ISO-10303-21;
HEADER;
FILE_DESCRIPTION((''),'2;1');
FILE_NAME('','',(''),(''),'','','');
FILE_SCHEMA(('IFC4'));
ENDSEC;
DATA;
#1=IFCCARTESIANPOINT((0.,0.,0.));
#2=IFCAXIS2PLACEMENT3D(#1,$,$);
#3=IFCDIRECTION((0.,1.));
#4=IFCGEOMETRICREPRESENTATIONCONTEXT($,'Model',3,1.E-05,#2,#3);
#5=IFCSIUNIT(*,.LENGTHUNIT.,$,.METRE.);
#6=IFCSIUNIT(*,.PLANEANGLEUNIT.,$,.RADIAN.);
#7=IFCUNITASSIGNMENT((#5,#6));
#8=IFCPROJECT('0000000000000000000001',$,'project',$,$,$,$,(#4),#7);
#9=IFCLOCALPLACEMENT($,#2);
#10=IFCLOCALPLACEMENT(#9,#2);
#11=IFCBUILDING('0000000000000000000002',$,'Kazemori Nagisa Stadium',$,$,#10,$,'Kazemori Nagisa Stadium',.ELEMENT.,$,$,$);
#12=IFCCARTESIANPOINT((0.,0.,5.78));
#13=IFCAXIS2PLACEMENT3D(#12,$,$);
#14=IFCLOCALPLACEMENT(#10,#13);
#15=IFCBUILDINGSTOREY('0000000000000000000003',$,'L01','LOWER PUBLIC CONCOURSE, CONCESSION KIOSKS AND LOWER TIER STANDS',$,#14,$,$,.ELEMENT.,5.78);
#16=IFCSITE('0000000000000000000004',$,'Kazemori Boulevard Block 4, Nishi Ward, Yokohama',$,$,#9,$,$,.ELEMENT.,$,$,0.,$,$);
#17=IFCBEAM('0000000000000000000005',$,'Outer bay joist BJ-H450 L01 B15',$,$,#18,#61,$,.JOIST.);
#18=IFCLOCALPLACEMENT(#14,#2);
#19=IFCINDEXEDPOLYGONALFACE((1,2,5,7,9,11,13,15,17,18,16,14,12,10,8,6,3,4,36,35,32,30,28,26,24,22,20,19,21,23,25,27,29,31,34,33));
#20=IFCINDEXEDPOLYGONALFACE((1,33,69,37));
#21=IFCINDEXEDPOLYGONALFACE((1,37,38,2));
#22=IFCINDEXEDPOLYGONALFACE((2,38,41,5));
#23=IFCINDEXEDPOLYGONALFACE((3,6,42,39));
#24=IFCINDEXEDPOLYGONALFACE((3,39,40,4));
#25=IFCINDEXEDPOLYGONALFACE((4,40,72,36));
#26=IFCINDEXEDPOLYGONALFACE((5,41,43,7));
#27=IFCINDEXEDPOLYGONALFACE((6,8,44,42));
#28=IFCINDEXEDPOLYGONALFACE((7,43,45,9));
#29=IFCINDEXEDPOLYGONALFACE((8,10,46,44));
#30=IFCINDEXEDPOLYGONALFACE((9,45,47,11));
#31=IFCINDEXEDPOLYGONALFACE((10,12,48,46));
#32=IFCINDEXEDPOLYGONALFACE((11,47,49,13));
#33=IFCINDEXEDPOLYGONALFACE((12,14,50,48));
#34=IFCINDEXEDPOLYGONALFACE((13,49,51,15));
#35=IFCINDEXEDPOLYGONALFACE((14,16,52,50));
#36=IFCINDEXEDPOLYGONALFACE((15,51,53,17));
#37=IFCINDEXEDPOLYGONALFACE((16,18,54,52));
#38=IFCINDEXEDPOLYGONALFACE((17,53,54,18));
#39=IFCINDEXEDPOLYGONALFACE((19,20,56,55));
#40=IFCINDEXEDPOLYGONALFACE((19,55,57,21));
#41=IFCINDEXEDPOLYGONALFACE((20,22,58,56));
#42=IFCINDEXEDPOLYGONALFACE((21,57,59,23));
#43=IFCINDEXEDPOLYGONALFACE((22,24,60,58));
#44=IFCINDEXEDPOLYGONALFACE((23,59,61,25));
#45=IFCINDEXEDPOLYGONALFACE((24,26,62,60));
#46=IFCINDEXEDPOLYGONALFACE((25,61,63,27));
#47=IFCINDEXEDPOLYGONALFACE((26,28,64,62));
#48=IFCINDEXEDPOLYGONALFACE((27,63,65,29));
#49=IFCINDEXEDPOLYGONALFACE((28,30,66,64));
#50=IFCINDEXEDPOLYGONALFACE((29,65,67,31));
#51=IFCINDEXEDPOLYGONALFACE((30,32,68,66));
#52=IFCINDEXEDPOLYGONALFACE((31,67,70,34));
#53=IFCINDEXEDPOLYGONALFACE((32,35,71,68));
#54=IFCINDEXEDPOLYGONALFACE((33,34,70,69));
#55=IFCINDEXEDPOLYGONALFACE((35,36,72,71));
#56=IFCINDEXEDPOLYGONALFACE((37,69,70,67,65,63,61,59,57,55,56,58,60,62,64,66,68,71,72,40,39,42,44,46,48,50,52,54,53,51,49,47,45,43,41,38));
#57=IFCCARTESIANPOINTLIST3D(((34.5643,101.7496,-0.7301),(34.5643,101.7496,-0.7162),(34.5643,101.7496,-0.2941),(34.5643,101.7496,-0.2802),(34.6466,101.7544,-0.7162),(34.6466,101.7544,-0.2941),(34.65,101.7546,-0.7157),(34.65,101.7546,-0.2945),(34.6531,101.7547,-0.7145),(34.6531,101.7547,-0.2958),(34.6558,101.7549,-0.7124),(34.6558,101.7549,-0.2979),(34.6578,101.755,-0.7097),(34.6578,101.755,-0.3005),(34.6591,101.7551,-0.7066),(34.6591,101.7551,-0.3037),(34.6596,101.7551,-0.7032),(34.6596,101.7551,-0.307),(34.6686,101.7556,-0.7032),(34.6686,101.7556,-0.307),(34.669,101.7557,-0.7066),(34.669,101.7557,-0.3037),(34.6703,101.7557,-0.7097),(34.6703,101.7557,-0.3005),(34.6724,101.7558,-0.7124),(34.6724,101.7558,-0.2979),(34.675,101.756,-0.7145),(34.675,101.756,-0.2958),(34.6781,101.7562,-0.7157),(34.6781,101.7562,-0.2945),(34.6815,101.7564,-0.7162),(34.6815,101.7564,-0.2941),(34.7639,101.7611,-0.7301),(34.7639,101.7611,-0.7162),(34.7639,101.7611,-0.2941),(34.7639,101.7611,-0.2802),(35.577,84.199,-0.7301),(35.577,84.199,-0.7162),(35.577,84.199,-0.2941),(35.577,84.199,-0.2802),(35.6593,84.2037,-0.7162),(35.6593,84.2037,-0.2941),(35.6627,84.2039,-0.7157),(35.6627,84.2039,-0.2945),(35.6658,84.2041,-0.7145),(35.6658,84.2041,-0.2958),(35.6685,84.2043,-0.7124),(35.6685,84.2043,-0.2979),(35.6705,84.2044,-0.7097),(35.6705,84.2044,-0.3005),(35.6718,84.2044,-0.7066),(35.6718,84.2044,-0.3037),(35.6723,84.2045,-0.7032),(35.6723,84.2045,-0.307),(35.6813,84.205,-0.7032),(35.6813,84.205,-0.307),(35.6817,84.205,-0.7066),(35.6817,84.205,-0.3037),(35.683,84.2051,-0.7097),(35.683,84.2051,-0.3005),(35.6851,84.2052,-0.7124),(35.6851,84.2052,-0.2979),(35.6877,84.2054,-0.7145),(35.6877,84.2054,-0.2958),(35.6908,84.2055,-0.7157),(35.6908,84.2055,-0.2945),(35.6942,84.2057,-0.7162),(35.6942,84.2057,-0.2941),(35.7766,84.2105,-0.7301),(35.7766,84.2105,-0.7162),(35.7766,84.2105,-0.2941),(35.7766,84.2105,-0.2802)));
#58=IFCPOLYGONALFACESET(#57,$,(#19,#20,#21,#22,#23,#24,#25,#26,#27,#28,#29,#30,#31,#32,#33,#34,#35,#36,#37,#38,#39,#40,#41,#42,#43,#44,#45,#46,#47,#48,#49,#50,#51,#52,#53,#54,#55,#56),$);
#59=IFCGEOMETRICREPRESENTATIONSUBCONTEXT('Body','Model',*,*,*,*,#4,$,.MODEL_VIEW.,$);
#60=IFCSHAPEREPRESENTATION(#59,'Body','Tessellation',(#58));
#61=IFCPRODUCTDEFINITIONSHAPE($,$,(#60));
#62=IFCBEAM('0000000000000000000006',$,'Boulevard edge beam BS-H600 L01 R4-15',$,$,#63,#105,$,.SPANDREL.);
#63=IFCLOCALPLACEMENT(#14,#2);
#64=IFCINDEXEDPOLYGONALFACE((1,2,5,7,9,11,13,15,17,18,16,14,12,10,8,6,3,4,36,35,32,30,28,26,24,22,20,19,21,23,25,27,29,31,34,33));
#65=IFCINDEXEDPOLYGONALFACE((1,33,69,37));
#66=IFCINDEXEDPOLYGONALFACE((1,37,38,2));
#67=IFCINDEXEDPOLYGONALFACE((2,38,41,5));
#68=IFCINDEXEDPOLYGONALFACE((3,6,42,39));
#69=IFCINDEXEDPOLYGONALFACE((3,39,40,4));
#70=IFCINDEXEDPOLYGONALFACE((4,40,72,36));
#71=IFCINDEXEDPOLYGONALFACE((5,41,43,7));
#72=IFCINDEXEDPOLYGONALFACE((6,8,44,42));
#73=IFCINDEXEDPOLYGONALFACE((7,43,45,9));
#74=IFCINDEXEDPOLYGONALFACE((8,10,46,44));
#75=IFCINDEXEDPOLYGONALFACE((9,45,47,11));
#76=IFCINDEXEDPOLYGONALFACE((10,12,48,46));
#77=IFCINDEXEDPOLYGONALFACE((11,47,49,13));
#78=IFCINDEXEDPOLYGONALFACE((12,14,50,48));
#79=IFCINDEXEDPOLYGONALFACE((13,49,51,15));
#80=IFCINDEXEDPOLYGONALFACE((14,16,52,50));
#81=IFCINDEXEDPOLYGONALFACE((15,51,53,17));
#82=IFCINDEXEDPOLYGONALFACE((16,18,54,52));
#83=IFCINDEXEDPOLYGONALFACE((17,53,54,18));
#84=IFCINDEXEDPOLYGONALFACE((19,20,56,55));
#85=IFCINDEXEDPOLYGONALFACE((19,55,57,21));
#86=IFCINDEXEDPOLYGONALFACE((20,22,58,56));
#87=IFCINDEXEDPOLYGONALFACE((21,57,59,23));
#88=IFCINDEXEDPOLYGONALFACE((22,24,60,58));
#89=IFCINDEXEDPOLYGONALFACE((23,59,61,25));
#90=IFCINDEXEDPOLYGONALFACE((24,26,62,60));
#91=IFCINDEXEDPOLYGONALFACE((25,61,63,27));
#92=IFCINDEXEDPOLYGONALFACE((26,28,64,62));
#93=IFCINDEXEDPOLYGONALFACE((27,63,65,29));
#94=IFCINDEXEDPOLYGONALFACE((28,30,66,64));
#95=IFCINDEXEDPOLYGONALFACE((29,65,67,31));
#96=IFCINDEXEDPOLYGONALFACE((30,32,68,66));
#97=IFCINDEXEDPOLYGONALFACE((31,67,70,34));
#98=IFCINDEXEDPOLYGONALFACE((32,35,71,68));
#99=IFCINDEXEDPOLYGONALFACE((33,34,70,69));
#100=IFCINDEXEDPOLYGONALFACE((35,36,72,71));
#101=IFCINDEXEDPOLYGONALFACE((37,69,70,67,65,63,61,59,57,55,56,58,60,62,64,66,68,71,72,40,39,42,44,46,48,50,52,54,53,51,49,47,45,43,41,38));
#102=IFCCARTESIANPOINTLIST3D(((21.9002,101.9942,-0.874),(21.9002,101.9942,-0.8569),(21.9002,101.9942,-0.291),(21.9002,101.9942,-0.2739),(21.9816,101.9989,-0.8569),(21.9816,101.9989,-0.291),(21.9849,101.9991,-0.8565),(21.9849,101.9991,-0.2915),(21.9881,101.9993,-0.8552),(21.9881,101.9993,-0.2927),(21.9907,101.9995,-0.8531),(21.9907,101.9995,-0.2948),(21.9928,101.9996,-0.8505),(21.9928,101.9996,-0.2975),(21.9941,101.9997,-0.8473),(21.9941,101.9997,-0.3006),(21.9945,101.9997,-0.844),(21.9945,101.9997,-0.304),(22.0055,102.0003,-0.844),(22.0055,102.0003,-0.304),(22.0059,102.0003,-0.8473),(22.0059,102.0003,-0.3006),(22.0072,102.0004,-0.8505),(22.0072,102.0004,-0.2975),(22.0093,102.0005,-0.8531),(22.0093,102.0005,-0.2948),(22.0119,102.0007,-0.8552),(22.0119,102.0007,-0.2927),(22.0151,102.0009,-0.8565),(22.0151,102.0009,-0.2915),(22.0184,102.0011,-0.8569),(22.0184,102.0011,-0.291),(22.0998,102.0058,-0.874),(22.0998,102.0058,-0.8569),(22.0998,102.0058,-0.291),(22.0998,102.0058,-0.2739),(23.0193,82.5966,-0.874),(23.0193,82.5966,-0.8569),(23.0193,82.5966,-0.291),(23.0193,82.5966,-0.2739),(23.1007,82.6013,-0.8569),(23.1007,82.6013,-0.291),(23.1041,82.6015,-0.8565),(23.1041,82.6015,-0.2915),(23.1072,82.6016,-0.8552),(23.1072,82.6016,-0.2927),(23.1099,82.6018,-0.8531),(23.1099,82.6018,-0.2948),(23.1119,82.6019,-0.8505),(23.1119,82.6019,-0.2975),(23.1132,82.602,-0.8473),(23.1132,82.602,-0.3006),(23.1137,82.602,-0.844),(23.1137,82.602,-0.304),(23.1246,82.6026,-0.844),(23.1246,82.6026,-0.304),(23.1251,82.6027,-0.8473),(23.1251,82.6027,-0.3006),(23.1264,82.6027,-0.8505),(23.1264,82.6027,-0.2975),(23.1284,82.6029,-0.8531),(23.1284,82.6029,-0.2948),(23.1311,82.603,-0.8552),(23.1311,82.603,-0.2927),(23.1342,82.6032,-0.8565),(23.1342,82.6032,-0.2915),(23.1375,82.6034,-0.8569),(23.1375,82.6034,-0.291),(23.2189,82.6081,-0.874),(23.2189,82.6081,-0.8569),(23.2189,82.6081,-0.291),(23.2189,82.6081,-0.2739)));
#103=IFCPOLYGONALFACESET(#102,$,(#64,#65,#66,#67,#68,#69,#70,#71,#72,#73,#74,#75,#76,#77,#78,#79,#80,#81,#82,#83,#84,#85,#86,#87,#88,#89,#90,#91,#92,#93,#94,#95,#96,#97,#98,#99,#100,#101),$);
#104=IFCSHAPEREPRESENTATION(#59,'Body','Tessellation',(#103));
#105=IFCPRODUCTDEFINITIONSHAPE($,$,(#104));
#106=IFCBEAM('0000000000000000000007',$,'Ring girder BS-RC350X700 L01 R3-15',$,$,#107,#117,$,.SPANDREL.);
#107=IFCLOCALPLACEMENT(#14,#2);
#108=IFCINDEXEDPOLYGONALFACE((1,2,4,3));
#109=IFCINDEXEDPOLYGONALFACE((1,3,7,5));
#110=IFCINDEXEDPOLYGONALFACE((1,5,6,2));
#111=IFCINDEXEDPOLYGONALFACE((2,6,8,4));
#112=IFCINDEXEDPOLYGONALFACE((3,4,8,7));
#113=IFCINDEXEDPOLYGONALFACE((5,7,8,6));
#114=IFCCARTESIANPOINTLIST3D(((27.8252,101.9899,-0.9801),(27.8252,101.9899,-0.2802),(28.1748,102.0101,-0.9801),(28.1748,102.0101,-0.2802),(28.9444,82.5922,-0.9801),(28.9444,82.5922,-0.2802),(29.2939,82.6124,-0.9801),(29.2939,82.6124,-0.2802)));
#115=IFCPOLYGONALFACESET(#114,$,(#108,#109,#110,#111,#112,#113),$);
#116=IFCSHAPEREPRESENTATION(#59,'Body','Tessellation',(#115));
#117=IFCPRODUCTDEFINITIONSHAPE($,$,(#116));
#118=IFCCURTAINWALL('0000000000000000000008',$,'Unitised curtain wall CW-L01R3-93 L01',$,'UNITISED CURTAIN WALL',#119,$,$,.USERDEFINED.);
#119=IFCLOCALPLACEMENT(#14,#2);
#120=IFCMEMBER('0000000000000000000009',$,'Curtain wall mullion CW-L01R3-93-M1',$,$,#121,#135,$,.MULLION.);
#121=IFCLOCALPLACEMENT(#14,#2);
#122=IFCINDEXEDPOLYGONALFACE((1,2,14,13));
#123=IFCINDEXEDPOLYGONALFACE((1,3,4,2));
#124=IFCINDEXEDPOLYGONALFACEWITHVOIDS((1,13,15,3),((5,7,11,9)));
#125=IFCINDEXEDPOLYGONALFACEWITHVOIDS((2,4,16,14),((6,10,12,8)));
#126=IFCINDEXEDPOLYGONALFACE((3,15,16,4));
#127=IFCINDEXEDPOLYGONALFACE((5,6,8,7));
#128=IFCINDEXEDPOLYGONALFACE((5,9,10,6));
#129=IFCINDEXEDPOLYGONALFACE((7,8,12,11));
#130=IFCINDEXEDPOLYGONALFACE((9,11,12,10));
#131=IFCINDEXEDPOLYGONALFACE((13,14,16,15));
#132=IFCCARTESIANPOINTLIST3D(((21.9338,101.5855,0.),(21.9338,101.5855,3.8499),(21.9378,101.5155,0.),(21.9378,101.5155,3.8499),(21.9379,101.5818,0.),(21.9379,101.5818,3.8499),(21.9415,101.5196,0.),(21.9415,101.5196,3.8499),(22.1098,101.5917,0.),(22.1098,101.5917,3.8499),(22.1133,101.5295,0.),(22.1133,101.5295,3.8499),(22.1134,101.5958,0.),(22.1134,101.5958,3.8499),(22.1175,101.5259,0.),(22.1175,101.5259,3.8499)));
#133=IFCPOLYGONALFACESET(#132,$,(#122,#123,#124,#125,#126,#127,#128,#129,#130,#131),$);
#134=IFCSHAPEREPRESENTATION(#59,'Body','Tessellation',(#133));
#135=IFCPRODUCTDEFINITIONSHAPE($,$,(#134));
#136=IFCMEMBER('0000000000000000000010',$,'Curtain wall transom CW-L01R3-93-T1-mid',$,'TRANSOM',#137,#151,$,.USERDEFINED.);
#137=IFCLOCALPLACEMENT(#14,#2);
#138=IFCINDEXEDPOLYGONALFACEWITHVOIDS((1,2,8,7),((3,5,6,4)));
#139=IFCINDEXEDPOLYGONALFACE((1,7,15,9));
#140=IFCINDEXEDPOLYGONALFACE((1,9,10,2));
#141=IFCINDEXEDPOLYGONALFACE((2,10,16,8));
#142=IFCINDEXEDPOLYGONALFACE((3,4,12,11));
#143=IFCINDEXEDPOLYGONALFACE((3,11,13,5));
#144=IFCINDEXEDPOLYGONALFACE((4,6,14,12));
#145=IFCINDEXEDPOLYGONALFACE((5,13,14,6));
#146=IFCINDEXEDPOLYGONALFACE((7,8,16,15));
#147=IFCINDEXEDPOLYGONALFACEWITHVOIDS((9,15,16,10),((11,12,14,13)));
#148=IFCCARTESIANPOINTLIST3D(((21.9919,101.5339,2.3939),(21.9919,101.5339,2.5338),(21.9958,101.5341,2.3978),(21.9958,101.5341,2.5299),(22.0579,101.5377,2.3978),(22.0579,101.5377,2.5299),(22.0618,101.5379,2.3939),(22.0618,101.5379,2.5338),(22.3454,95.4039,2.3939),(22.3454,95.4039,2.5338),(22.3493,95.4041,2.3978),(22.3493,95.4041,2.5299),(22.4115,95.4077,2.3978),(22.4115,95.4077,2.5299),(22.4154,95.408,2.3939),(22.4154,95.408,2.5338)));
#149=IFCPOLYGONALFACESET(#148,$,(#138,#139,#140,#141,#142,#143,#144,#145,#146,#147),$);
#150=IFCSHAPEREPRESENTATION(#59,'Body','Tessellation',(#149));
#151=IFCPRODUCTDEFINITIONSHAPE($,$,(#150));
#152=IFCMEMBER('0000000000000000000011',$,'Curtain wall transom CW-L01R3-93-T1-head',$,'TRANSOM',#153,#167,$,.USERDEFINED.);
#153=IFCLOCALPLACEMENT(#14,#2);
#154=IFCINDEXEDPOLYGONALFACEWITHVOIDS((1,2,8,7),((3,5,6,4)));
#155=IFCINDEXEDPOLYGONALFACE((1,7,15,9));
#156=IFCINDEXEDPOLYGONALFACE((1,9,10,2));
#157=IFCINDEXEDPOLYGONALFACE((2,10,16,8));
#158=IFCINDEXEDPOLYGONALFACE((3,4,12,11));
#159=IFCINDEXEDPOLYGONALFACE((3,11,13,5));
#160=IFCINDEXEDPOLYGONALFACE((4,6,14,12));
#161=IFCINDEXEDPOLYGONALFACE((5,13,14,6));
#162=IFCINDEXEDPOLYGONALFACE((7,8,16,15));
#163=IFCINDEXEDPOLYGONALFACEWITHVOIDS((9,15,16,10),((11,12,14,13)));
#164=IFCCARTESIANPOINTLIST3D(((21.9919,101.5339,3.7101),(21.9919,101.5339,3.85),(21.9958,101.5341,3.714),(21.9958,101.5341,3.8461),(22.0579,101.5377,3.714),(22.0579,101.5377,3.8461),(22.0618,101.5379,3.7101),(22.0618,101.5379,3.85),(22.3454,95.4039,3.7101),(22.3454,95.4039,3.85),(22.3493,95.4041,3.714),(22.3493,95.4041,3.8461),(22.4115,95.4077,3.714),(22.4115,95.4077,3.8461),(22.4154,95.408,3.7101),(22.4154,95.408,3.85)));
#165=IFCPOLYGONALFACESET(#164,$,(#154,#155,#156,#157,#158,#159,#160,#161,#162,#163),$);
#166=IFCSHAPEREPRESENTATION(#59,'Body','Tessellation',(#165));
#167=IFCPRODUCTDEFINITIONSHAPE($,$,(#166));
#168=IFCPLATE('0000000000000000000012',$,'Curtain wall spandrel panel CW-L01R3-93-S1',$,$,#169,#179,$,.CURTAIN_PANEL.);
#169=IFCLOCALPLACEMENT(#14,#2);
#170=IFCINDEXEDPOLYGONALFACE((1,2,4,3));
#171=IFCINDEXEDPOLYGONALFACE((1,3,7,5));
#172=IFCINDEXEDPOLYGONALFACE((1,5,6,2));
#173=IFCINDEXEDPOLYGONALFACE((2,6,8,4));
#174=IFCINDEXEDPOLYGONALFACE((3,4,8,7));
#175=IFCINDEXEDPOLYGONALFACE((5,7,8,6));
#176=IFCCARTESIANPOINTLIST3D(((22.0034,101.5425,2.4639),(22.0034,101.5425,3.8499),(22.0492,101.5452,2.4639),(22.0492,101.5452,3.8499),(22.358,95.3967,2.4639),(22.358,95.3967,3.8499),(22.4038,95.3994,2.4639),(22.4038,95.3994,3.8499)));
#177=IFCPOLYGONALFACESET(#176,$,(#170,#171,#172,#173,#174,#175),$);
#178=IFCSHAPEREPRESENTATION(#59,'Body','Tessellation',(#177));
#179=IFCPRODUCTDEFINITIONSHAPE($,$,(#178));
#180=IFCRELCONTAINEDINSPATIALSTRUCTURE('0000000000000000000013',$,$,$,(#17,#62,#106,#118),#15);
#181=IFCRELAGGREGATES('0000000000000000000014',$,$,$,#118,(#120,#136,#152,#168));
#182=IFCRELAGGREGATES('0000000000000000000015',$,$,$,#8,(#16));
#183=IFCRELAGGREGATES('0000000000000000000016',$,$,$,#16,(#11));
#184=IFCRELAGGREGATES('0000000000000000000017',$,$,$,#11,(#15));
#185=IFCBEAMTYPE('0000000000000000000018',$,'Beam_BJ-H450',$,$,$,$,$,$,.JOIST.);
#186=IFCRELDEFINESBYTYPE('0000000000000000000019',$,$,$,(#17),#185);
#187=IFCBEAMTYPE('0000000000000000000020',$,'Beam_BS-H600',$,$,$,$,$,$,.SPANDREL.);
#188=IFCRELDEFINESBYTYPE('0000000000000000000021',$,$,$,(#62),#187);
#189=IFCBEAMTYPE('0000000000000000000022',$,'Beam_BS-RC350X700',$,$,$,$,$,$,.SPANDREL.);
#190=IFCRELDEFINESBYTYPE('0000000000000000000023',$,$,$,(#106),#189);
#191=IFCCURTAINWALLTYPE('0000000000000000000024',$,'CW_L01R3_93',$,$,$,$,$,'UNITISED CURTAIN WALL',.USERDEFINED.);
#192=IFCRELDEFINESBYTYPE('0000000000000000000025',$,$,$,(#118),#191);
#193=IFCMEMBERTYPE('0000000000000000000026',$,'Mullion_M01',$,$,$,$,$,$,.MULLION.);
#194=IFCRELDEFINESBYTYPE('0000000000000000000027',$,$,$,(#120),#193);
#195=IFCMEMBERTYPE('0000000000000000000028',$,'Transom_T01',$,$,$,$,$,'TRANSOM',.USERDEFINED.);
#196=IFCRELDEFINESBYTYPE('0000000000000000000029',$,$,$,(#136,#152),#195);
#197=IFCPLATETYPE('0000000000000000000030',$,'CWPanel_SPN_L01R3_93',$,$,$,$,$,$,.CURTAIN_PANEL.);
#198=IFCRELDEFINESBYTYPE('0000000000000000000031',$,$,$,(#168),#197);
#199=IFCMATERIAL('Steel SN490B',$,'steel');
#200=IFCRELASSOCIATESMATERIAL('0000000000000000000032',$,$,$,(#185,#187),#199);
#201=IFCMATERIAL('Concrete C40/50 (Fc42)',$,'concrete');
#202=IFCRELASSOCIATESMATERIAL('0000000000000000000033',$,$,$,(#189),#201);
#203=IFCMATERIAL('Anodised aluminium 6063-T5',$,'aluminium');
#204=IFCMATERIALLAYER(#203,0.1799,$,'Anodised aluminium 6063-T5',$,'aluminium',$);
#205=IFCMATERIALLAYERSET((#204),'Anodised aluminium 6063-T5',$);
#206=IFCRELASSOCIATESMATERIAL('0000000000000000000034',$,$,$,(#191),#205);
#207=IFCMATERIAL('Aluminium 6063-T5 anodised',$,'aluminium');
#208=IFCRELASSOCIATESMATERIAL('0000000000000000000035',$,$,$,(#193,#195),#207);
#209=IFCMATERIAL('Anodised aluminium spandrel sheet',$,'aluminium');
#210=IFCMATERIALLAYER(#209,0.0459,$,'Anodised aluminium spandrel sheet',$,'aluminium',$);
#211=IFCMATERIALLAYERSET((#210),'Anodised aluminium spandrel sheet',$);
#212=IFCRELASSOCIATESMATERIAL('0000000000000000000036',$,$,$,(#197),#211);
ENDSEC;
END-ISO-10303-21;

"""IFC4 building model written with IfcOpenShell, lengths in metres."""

from ifc_helpers import new_model, si_unit, direction, frame, origin, origin_2d, place, context, subcontext, project, spatial, rectangle, hollow_rectangle, i_section, extrude, material, layer, layer_set, material_profile, profile_set, type_object, element, aggregate, save


model = new_model("IFC4")

# Units and contexts
model_context = context("Model", 3, precision=1e-05, world=origin(), true_north=direction((0.0, 1.0)))
body_context = subcontext(model_context, "Body", "Model", "MODEL_VIEW")
ifc_project = project(units=[si_unit("LENGTHUNIT", "METRE"), si_unit("PLANEANGLEUNIT", "RADIAN")], contexts=[model_context])

# Site, building, storey
site_placement = place(None, origin())
site = spatial("IfcSite", under=ifc_project, at=site_placement, Name="Kazemori Boulevard Block 4, Nishi Ward, Yokohama", CompositionType="ELEMENT", RefElevation=0.0)
building_placement = place(site_placement, origin())
building = spatial("IfcBuilding", under=site, at=building_placement, Name="Kazemori Nagisa Stadium", LongName="Kazemori Nagisa Stadium", CompositionType="ELEMENT")
storey_placement = place(building_placement, frame((0.0, 0.0, 5.78)))
storey = spatial("IfcBuildingStorey", under=building, at=storey_placement, Name="L01", Description="LOWER PUBLIC CONCOURSE, CONCESSION KIOSKS AND LOWER TIER STANDS", CompositionType="ELEMENT", Elevation=5.78)

# Shared definitions
ifc_material_1 = material(Name="Concrete C40/50 (Fc42)", Category="concrete")

# Beams
ifc_material_2 = material(Name="Steel SN490B", Category="steel")
ifc_material_profile_1 = material_profile(ifc_material_2, i_section(OverallWidth=0.2, OverallDepth=0.45, WebThickness=0.009, FlangeThickness=0.0139, FilletRadius=0.0129, at=origin_2d()), Name="H-450x200x9x14")
ifc_profile_set_1 = profile_set([ifc_material_profile_1], Name="Steel SN490B")
beam_type_1 = type_object("IfcBeamType", Name="Beam_BJ-H450", PredefinedType="JOIST", material=ifc_profile_set_1)
beam_1_placement = place(storey_placement, frame((34.6641, 101.7554, -0.5051), z_axis=(0.057606, -0.998339, 0.0), x_axis=(0.998339, 0.057606, 0.0)))
element("IfcBeam", 1, at=beam_1_placement, inside=storey, type_object=beam_type_1, Name="Outer bay joist BJ-H450 L01 B15", PredefinedType="JOIST", context=body_context, shape_type="SweptSolid", body=[
    extrude(i_section(OverallWidth=0.2, OverallDepth=0.45, WebThickness=0.009, FlangeThickness=0.0139, FilletRadius=0.0129, at=origin_2d()), origin(), (0.0, 0.0, 1.0), 17.5798),
])
ifc_material_profile_2 = material_profile(ifc_material_2, i_section(OverallWidth=0.2, OverallDepth=0.6001, WebThickness=0.011, FlangeThickness=0.0171, FilletRadius=0.0129, at=origin_2d()), Name="H-600x200x11x17")
ifc_profile_set_2 = profile_set([ifc_material_profile_2], Name="Steel SN490B")
beam_type_2 = type_object("IfcBeamType", Name="Beam_BS-H600", PredefinedType="SPANDREL", material=ifc_profile_set_2)
beam_2_placement = place(storey_placement, frame((22.0, 102.0, -0.574), z_axis=(0.057599, -0.99834, 0.0), x_axis=(0.99834, 0.057599, 0.0)))
element("IfcBeam", 2, at=beam_2_placement, inside=storey, type_object=beam_type_2, Name="Boulevard edge beam BS-H600 L01 R4-15", PredefinedType="SPANDREL", context=body_context, shape_type="SweptSolid", body=[
    extrude(i_section(OverallWidth=0.2, OverallDepth=0.6001, WebThickness=0.011, FlangeThickness=0.0171, FilletRadius=0.0129, at=origin_2d()), origin(), (0.0, 0.0, 1.0), 19.4299),
])
ifc_material_profile_3 = material_profile(ifc_material_1, rectangle(XDim=0.3501, YDim=0.7, at=origin_2d()), Name="RC-SP-350x700")
ifc_profile_set_3 = profile_set([ifc_material_profile_3], Name="Concrete C40/50 (Fc42)")
beam_type_3 = type_object("IfcBeamType", Name="Beam_BS-RC350X700", PredefinedType="SPANDREL", material=ifc_profile_set_3)
beam_3_placement = place(storey_placement, frame((28.0, 102.0, -0.6301), z_axis=(0.057599, -0.99834, 0.0), x_axis=(0.99834, 0.057599, 0.0)))
element("IfcBeam", 3, at=beam_3_placement, inside=storey, type_object=beam_type_3, Name="Ring girder BS-RC350X700 L01 R3-15", PredefinedType="SPANDREL", context=body_context, shape_type="SweptSolid", body=[
    extrude(rectangle(XDim=0.3501, YDim=0.7, at=origin_2d()), origin(), (0.0, 0.0, 1.0), 19.4299),
])

# Curtain wall, members, plate
ifc_material_3 = material(Name="Anodised aluminium 6063-T5", Category="aluminium")
ifc_layer_1 = layer(ifc_material_3, 0.1799, Name="Anodised aluminium 6063-T5", Category="aluminium")
ifc_layer_set_1 = layer_set([ifc_layer_1], Name="Anodised aluminium 6063-T5")
curtain_wall_type = type_object("IfcCurtainWallType", Name="CW_L01R3_93", ElementType="UNITISED CURTAIN WALL", PredefinedType="USERDEFINED", material=ifc_layer_set_1)
curtain_wall_placement = place(storey_placement, origin())
curtain_wall = element("IfcCurtainWall", 4, at=curtain_wall_placement, inside=storey, type_object=curtain_wall_type, Name="Unitised curtain wall CW-L01R3-93 L01", ObjectType="UNITISED CURTAIN WALL", PredefinedType="USERDEFINED")
ifc_material_4 = material(Name="Aluminium 6063-T5 anodised", Category="aluminium")
ifc_material_profile_4 = material_profile(ifc_material_4, hollow_rectangle(XDim=0.0701, YDim=0.1799, WallThickness=0.0039, at=origin_2d()), Name="ALU-MULL-70x180x4")
ifc_profile_set_4 = profile_set([ifc_material_profile_4], Name="Aluminium 6063-T5 anodised")
member_type_1 = type_object("IfcMemberType", Name="Mullion_M01", PredefinedType="MULLION", material=ifc_profile_set_4)
member_1_placement = place(storey_placement, frame((22.0256, 101.5557, 0.0), z_axis=(0.0, 0.0, 1.0), x_axis=(0.057602, -0.99834, 0.0)))
member_1 = element("IfcMember", 5, at=member_1_placement, type_object=member_type_1, Name="Curtain wall mullion CW-L01R3-93-M1", PredefinedType="MULLION", context=body_context, shape_type="SweptSolid", body=[
    extrude(hollow_rectangle(XDim=0.0701, YDim=0.1799, WallThickness=0.0039, at=origin_2d()), origin(), (0.0, 0.0, 1.0), 3.8499),
])
ifc_material_profile_5 = material_profile(ifc_material_4, hollow_rectangle(XDim=0.0701, YDim=0.1399, WallThickness=0.0039, at=origin_2d()), Name="ALU-TRAN-70x140x4")
ifc_profile_set_5 = profile_set([ifc_material_profile_5], Name="Aluminium 6063-T5 anodised")
member_type_2 = type_object("IfcMemberType", Name="Transom_T01", ElementType="TRANSOM", PredefinedType="USERDEFINED", material=ifc_profile_set_5)
member_2_placement = place(storey_placement, frame((22.0269, 101.5359, 2.4639), z_axis=(0.057575, -0.998341, 0.0), x_axis=(0.998341, 0.057575, 0.0)))
member_2 = element("IfcMember", 6, at=member_2_placement, type_object=member_type_2, Name="Curtain wall transom CW-L01R3-93-T1-mid", ObjectType="TRANSOM", PredefinedType="USERDEFINED", context=body_context, shape_type="SweptSolid", body=[
    extrude(hollow_rectangle(XDim=0.0701, YDim=0.1399, WallThickness=0.0039, at=origin_2d()), origin(), (0.0, 0.0, 1.0), 6.1401),
])
member_3_placement = place(storey_placement, frame((22.0269, 101.5359, 3.78), z_axis=(0.057575, -0.998341, 0.0), x_axis=(0.998341, 0.057575, 0.0)))
member_3 = element("IfcMember", 7, at=member_3_placement, type_object=member_type_2, Name="Curtain wall transom CW-L01R3-93-T1-head", ObjectType="TRANSOM", PredefinedType="USERDEFINED", context=body_context, shape_type="SweptSolid", body=[
    extrude(hollow_rectangle(XDim=0.0701, YDim=0.1399, WallThickness=0.0039, at=origin_2d()), origin(), (0.0, 0.0, 1.0), 6.1401),
])
ifc_material_5 = material(Name="Anodised aluminium spandrel sheet", Category="aluminium")
ifc_layer_2 = layer(ifc_material_5, 0.0459, Name="Anodised aluminium spandrel sheet", Category="aluminium")
ifc_layer_set_2 = layer_set([ifc_layer_2], Name="Anodised aluminium spandrel sheet")
plate_type_1 = type_object("IfcPlateType", Name="CWPanel_SPN_L01R3_93", PredefinedType="CURTAIN_PANEL", material=ifc_layer_set_2)
plate_1_placement = place(storey_placement, frame((22.2036, 98.4709, 2.4639), z_axis=(0.0, 0.0, 1.0), x_axis=(0.057602, -0.99834, 0.0)))
plate_1 = element("IfcPlate", 8, at=plate_1_placement, type_object=plate_type_1, Name="Curtain wall spandrel panel CW-L01R3-93-S1", PredefinedType="CURTAIN_PANEL", context=body_context, shape_type="SweptSolid", body=[
    extrude(rectangle(XDim=6.156, YDim=0.0459, at=origin_2d()), origin(), (0.0, 0.0, 1.0), 1.386),
])
aggregate(curtain_wall, [member_1, member_2, member_3, plate_1])

save(model, "model.ifc")
